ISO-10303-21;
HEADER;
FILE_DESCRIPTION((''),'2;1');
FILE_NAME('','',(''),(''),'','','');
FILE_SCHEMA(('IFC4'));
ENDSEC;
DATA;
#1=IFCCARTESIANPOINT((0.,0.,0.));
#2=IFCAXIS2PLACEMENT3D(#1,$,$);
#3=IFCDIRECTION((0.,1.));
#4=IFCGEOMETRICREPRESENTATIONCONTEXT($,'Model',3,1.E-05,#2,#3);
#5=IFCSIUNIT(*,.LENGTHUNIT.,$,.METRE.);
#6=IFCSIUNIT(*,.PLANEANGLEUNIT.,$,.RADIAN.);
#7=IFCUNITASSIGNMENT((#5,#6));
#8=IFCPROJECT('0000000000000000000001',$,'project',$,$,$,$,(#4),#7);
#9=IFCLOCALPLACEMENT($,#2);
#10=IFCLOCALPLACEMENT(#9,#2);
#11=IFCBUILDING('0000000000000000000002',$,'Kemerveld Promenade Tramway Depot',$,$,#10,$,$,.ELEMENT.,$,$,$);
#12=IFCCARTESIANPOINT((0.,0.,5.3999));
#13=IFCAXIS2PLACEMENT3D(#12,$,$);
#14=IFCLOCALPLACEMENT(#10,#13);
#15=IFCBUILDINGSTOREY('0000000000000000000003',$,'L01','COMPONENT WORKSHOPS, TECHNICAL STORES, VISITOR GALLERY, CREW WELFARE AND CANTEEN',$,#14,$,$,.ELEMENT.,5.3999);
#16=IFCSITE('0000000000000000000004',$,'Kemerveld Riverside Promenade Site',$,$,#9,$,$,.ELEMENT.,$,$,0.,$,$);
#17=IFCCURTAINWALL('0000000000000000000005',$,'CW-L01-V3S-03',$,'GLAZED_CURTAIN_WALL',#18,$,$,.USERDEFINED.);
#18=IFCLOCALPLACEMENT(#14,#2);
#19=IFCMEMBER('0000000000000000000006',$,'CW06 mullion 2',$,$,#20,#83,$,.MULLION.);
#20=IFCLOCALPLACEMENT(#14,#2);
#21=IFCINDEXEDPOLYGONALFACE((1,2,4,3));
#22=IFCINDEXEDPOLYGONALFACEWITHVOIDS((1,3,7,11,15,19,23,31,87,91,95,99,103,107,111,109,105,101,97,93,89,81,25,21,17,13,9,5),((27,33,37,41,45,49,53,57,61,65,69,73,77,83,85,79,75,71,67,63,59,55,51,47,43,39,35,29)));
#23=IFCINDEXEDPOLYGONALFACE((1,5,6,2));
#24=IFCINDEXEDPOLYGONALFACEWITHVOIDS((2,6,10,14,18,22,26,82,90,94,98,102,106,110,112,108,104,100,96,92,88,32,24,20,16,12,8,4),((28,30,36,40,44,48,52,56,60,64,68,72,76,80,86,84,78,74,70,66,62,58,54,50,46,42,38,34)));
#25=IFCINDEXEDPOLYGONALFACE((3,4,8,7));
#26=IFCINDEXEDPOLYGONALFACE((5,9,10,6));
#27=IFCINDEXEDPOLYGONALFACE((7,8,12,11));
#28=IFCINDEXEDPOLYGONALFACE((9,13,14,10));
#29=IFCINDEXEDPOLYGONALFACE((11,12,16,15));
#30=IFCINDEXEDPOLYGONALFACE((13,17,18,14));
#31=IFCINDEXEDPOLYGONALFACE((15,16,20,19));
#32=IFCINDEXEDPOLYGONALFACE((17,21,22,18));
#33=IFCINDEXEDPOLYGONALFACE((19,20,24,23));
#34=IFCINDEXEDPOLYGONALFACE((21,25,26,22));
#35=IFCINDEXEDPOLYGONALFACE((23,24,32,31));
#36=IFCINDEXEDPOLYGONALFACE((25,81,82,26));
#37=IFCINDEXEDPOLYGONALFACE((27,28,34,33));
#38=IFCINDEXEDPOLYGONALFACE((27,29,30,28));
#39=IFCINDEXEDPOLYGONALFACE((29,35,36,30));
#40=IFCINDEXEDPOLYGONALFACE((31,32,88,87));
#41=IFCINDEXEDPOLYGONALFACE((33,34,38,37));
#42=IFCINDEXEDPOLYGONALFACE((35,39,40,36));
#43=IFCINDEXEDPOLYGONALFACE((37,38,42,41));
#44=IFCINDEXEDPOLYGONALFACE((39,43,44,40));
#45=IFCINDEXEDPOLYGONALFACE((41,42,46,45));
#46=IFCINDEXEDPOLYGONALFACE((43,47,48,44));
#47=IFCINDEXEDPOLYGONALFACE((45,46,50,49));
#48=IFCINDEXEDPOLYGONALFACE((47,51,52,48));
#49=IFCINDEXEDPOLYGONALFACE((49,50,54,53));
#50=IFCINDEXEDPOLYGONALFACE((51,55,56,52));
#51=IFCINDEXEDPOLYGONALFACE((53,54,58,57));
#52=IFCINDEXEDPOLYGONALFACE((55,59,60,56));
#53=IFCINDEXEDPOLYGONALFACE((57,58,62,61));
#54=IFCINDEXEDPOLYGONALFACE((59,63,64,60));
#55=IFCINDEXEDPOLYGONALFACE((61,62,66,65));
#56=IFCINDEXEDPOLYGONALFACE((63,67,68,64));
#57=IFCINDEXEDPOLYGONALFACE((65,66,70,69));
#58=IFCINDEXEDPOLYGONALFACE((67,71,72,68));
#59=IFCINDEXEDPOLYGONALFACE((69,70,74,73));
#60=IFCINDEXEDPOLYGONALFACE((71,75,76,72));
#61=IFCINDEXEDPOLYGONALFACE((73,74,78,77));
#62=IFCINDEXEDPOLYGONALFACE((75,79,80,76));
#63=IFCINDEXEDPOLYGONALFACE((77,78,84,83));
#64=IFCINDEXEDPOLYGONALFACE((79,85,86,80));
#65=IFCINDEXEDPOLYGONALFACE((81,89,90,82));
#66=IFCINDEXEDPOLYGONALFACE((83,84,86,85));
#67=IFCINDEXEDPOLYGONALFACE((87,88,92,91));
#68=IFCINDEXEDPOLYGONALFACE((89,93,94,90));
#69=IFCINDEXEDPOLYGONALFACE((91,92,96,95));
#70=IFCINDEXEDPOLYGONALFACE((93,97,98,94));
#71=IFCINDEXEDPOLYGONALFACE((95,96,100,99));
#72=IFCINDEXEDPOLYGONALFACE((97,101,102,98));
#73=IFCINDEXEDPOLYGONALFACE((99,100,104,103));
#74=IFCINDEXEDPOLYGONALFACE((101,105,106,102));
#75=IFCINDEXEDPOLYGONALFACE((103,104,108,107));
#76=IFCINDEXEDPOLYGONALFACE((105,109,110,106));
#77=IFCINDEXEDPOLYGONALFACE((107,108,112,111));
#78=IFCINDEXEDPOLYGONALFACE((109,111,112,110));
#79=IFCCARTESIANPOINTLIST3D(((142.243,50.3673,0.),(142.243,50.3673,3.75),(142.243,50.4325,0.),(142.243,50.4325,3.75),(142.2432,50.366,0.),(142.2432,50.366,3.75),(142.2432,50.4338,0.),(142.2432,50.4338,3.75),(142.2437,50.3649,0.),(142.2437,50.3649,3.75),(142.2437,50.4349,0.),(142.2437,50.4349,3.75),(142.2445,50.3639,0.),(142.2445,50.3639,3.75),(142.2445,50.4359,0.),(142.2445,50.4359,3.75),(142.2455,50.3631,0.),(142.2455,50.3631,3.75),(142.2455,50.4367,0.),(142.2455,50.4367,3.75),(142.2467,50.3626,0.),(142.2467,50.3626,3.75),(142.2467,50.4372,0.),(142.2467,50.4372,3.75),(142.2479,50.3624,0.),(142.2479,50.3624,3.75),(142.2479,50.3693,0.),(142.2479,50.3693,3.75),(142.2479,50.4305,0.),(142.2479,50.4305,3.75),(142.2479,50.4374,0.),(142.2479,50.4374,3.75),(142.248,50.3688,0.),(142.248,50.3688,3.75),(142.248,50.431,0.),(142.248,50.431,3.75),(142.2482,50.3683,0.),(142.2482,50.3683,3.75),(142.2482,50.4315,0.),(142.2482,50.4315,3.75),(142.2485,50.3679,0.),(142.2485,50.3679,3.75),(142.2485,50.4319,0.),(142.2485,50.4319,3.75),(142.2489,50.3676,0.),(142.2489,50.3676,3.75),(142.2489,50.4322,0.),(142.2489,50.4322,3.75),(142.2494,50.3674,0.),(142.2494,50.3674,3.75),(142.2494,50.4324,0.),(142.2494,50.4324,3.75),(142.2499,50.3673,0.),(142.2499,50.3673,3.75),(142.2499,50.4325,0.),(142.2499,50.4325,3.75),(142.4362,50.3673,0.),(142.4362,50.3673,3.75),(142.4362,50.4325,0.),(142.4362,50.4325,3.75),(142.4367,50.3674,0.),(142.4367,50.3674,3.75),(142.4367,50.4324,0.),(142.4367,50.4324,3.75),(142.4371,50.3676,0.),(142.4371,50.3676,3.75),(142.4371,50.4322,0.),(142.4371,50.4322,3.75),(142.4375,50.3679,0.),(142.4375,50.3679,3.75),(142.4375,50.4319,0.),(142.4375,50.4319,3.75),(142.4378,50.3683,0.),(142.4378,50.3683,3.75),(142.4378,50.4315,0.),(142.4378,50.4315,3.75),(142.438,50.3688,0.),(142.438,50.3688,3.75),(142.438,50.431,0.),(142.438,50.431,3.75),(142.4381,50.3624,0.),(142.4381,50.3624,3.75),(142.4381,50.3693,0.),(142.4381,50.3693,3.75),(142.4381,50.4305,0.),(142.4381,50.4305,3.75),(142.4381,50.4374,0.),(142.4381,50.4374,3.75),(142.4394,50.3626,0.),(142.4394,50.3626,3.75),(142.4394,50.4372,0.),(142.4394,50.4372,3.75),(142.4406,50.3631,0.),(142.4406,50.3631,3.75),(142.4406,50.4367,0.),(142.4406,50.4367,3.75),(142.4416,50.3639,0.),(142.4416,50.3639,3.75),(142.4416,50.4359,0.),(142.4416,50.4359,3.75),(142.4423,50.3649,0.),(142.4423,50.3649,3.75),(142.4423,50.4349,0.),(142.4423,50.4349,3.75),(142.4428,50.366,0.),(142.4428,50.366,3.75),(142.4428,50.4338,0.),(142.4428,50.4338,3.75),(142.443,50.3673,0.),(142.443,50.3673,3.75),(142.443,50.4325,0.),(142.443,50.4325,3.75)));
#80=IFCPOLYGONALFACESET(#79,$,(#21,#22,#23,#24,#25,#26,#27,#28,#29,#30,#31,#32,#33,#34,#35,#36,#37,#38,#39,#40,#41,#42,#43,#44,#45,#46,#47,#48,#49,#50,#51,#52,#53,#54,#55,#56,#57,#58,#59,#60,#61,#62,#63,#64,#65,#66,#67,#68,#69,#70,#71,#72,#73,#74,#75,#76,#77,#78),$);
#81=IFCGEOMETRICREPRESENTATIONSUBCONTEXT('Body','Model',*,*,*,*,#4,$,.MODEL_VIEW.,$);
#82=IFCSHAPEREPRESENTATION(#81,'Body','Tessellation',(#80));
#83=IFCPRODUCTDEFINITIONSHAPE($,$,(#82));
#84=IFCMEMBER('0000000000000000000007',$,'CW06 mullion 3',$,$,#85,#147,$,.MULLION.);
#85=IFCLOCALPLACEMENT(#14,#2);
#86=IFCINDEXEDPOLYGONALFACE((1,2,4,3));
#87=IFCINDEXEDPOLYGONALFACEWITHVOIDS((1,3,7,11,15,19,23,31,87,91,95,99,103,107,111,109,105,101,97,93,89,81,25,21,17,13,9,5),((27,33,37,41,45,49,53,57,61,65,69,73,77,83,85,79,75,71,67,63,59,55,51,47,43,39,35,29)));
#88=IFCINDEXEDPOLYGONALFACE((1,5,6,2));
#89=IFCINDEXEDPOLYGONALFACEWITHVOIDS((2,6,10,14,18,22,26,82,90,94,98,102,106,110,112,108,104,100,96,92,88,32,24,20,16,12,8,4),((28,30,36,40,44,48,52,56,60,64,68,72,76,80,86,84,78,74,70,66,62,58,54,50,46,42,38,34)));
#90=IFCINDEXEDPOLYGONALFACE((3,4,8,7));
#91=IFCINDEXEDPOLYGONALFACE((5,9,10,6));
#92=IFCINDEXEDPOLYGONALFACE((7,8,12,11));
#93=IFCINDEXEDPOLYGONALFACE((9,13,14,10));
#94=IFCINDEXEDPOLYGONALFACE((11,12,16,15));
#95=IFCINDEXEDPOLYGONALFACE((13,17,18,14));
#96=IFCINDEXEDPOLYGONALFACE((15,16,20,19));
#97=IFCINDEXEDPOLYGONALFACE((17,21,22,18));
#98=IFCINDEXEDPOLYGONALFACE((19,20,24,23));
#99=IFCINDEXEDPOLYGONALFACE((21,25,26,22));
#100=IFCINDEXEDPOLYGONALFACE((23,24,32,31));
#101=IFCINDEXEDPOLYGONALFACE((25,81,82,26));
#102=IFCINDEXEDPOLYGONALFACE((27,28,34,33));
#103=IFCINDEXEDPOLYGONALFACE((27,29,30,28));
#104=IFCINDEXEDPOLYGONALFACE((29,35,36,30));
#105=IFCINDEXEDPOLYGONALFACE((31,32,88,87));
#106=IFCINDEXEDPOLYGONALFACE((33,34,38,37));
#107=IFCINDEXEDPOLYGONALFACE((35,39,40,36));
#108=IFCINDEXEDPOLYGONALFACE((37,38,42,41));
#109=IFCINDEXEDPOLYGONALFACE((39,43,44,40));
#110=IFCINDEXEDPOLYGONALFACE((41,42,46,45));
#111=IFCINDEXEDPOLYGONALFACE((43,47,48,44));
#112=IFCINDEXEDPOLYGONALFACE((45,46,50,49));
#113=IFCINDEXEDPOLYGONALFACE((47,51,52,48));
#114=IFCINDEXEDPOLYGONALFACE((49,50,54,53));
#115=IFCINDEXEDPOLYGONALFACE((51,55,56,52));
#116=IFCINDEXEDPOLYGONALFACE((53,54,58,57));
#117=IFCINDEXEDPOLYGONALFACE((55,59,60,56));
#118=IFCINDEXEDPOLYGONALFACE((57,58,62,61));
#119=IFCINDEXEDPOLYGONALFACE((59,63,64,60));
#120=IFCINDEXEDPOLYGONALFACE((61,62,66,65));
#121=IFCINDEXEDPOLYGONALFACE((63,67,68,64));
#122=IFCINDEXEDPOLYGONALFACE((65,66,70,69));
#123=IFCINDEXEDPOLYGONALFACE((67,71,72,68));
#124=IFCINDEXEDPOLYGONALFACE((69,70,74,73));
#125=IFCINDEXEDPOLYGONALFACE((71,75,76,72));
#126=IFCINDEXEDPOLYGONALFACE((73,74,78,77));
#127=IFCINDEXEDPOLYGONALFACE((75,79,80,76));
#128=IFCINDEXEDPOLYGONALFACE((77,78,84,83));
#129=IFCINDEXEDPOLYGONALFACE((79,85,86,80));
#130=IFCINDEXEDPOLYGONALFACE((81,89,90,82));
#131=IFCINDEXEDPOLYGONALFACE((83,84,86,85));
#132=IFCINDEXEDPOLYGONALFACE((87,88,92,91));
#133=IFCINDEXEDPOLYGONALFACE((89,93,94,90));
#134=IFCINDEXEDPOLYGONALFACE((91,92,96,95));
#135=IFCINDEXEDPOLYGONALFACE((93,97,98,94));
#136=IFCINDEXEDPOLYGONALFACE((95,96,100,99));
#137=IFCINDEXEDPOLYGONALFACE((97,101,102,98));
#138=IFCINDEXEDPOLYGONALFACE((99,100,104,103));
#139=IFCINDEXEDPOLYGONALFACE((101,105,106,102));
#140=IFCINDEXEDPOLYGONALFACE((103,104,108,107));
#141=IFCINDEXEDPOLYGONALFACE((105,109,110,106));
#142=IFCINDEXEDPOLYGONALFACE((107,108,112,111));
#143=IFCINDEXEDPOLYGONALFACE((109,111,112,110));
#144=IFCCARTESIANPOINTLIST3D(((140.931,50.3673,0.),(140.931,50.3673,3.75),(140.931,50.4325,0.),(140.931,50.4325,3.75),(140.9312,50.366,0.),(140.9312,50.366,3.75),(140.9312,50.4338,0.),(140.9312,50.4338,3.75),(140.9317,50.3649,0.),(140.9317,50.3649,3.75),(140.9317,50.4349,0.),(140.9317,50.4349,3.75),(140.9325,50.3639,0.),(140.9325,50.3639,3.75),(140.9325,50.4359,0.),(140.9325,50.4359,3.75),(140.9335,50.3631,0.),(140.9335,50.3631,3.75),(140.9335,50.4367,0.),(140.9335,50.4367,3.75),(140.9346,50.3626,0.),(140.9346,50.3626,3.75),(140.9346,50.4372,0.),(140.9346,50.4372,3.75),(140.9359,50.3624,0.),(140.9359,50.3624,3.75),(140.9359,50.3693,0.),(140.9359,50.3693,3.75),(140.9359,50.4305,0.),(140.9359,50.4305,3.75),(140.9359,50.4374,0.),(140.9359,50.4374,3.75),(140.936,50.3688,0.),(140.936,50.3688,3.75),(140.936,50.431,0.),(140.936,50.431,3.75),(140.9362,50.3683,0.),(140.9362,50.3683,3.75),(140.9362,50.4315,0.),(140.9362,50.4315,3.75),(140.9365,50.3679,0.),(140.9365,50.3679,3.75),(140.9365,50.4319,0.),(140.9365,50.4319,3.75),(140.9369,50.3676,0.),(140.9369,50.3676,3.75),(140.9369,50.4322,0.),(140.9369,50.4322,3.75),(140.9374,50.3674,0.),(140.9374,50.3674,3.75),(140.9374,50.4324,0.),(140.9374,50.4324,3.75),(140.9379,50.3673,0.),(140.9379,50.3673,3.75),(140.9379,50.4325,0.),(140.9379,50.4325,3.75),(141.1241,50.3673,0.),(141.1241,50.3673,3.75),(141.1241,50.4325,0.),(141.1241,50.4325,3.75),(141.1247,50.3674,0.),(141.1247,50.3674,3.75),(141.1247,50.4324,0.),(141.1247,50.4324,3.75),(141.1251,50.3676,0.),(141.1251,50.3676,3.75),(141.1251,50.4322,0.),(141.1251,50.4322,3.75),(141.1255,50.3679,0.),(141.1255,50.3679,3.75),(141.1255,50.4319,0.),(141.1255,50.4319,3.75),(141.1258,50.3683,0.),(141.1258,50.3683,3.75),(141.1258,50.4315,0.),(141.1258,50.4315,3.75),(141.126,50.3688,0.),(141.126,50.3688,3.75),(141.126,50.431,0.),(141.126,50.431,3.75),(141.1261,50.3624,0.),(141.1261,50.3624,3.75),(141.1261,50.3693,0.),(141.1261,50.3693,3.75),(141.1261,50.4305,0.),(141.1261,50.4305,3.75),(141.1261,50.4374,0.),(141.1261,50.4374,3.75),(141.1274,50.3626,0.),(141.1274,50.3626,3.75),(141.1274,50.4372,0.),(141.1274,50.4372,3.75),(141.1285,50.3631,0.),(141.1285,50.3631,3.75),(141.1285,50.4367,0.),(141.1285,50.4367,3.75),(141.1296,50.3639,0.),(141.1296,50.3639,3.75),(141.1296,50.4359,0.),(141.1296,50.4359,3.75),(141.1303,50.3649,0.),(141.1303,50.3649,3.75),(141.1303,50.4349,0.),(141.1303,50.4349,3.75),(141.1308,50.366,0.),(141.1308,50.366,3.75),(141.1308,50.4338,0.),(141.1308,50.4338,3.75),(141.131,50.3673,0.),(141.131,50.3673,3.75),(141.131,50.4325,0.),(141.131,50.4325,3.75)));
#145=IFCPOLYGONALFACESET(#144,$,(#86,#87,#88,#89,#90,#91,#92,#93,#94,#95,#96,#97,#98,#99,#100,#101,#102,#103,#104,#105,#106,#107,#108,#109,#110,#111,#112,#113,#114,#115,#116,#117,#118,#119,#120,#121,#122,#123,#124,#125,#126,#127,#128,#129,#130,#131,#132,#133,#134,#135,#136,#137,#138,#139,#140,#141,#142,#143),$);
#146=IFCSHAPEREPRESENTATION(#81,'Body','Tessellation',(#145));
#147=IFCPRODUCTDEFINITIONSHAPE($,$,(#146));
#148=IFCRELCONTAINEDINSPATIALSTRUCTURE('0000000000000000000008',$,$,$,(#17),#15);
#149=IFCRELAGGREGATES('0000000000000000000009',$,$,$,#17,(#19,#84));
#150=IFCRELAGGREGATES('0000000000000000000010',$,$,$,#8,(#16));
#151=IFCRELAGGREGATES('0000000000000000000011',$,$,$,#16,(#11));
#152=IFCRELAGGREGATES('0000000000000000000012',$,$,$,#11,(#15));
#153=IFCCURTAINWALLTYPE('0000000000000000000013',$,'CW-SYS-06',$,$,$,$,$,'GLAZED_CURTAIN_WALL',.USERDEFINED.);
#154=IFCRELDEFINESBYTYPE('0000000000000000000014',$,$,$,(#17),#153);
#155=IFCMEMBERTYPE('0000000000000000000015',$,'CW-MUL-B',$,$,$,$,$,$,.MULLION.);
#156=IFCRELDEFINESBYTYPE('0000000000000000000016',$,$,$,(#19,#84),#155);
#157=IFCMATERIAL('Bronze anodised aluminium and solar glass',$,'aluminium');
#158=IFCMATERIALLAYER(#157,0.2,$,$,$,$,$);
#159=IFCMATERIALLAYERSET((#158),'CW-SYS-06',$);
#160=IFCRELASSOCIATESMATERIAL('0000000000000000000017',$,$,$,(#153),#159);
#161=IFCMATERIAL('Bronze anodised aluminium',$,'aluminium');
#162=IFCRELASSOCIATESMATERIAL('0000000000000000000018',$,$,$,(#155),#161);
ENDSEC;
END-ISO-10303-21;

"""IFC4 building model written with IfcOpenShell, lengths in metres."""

from ifc_helpers import new_model, si_unit, direction, frame, origin, origin_2d, place, context, subcontext, project, spatial, hollow_rectangle, extrude, material, layer, layer_set, material_profile, profile_set, type_object, element, aggregate, save


model = new_model("IFC4")

# Units and contexts
model_context = context("Model", 3, precision=1e-05, world=origin(), true_north=direction((0.0, 1.0)))
body_context = subcontext(model_context, "Body", "Model", "MODEL_VIEW")
ifc_project = project(units=[si_unit("LENGTHUNIT", "METRE"), si_unit("PLANEANGLEUNIT", "RADIAN")], contexts=[model_context])

# Site, building, storey
site_placement = place(None, origin())
site = spatial("IfcSite", under=ifc_project, at=site_placement, Name="Kemerveld Riverside Promenade Site", CompositionType="ELEMENT", RefElevation=0.0)
building_placement = place(site_placement, origin())
building = spatial("IfcBuilding", under=site, at=building_placement, Name="Kemerveld Promenade Tramway Depot", CompositionType="ELEMENT")
storey_placement = place(building_placement, frame((0.0, 0.0, 5.3999)))
storey = spatial("IfcBuildingStorey", under=building, at=storey_placement, Name="L01", Description="COMPONENT WORKSHOPS, TECHNICAL STORES, VISITOR GALLERY, CREW WELFARE AND CANTEEN", CompositionType="ELEMENT", Elevation=5.3999)

# Curtain wall, members
ifc_material_1 = material(Name="Bronze anodised aluminium and solar glass", Category="aluminium")
ifc_layer_1 = layer(ifc_material_1, 0.2)
ifc_layer_set_1 = layer_set([ifc_layer_1], Name="CW-SYS-06")
curtain_wall_type = type_object("IfcCurtainWallType", Name="CW-SYS-06", ElementType="GLAZED_CURTAIN_WALL", PredefinedType="USERDEFINED", material=ifc_layer_set_1)
curtain_wall_placement = place(storey_placement, origin())
curtain_wall = element("IfcCurtainWall", 1, at=curtain_wall_placement, inside=storey, type_object=curtain_wall_type, Name="CW-L01-V3S-03", ObjectType="GLAZED_CURTAIN_WALL", PredefinedType="USERDEFINED")
ifc_material_2 = material(Name="Bronze anodised aluminium", Category="aluminium")
ifc_material_profile_1 = material_profile(ifc_material_2, hollow_rectangle(XDim=0.075, YDim=0.2, WallThickness=0.0049, InnerFilletRadius=0.002, OuterFilletRadius=0.0049, at=origin_2d()), Name="CW-MUL-200x75")
ifc_profile_set_1 = profile_set([ifc_material_profile_1], Name="Bronze anodised aluminium")
member_type_1 = type_object("IfcMemberType", Name="CW-MUL-B", PredefinedType="MULLION", material=ifc_profile_set_1)
member_1_placement = place(storey_placement, frame((142.343, 50.3999, 0.0), z_axis=(0.0, 0.0, 1.0), x_axis=(0.0, -1.0, 0.0)))
member_1 = element("IfcMember", 2, at=member_1_placement, type_object=member_type_1, Name="CW06 mullion 2", PredefinedType="MULLION", context=body_context, shape_type="SweptSolid", body=[
    extrude(hollow_rectangle(XDim=0.075, YDim=0.2, WallThickness=0.0049, InnerFilletRadius=0.002, OuterFilletRadius=0.0049, at=origin_2d()), origin(), (0.0, 0.0, 1.0), 3.75),
])
member_2_placement = place(storey_placement, frame((141.031, 50.3999, 0.0), z_axis=(0.0, 0.0, 1.0), x_axis=(0.0, -1.0, 0.0)))
member_2 = element("IfcMember", 3, at=member_2_placement, type_object=member_type_1, Name="CW06 mullion 3", PredefinedType="MULLION", context=body_context, shape_type="SweptSolid", body=[
    extrude(hollow_rectangle(XDim=0.075, YDim=0.2, WallThickness=0.0049, InnerFilletRadius=0.002, OuterFilletRadius=0.0049, at=origin_2d()), origin(), (0.0, 0.0, 1.0), 3.75),
])
aggregate(curtain_wall, [member_1, member_2])

save(model, "model.ifc")
